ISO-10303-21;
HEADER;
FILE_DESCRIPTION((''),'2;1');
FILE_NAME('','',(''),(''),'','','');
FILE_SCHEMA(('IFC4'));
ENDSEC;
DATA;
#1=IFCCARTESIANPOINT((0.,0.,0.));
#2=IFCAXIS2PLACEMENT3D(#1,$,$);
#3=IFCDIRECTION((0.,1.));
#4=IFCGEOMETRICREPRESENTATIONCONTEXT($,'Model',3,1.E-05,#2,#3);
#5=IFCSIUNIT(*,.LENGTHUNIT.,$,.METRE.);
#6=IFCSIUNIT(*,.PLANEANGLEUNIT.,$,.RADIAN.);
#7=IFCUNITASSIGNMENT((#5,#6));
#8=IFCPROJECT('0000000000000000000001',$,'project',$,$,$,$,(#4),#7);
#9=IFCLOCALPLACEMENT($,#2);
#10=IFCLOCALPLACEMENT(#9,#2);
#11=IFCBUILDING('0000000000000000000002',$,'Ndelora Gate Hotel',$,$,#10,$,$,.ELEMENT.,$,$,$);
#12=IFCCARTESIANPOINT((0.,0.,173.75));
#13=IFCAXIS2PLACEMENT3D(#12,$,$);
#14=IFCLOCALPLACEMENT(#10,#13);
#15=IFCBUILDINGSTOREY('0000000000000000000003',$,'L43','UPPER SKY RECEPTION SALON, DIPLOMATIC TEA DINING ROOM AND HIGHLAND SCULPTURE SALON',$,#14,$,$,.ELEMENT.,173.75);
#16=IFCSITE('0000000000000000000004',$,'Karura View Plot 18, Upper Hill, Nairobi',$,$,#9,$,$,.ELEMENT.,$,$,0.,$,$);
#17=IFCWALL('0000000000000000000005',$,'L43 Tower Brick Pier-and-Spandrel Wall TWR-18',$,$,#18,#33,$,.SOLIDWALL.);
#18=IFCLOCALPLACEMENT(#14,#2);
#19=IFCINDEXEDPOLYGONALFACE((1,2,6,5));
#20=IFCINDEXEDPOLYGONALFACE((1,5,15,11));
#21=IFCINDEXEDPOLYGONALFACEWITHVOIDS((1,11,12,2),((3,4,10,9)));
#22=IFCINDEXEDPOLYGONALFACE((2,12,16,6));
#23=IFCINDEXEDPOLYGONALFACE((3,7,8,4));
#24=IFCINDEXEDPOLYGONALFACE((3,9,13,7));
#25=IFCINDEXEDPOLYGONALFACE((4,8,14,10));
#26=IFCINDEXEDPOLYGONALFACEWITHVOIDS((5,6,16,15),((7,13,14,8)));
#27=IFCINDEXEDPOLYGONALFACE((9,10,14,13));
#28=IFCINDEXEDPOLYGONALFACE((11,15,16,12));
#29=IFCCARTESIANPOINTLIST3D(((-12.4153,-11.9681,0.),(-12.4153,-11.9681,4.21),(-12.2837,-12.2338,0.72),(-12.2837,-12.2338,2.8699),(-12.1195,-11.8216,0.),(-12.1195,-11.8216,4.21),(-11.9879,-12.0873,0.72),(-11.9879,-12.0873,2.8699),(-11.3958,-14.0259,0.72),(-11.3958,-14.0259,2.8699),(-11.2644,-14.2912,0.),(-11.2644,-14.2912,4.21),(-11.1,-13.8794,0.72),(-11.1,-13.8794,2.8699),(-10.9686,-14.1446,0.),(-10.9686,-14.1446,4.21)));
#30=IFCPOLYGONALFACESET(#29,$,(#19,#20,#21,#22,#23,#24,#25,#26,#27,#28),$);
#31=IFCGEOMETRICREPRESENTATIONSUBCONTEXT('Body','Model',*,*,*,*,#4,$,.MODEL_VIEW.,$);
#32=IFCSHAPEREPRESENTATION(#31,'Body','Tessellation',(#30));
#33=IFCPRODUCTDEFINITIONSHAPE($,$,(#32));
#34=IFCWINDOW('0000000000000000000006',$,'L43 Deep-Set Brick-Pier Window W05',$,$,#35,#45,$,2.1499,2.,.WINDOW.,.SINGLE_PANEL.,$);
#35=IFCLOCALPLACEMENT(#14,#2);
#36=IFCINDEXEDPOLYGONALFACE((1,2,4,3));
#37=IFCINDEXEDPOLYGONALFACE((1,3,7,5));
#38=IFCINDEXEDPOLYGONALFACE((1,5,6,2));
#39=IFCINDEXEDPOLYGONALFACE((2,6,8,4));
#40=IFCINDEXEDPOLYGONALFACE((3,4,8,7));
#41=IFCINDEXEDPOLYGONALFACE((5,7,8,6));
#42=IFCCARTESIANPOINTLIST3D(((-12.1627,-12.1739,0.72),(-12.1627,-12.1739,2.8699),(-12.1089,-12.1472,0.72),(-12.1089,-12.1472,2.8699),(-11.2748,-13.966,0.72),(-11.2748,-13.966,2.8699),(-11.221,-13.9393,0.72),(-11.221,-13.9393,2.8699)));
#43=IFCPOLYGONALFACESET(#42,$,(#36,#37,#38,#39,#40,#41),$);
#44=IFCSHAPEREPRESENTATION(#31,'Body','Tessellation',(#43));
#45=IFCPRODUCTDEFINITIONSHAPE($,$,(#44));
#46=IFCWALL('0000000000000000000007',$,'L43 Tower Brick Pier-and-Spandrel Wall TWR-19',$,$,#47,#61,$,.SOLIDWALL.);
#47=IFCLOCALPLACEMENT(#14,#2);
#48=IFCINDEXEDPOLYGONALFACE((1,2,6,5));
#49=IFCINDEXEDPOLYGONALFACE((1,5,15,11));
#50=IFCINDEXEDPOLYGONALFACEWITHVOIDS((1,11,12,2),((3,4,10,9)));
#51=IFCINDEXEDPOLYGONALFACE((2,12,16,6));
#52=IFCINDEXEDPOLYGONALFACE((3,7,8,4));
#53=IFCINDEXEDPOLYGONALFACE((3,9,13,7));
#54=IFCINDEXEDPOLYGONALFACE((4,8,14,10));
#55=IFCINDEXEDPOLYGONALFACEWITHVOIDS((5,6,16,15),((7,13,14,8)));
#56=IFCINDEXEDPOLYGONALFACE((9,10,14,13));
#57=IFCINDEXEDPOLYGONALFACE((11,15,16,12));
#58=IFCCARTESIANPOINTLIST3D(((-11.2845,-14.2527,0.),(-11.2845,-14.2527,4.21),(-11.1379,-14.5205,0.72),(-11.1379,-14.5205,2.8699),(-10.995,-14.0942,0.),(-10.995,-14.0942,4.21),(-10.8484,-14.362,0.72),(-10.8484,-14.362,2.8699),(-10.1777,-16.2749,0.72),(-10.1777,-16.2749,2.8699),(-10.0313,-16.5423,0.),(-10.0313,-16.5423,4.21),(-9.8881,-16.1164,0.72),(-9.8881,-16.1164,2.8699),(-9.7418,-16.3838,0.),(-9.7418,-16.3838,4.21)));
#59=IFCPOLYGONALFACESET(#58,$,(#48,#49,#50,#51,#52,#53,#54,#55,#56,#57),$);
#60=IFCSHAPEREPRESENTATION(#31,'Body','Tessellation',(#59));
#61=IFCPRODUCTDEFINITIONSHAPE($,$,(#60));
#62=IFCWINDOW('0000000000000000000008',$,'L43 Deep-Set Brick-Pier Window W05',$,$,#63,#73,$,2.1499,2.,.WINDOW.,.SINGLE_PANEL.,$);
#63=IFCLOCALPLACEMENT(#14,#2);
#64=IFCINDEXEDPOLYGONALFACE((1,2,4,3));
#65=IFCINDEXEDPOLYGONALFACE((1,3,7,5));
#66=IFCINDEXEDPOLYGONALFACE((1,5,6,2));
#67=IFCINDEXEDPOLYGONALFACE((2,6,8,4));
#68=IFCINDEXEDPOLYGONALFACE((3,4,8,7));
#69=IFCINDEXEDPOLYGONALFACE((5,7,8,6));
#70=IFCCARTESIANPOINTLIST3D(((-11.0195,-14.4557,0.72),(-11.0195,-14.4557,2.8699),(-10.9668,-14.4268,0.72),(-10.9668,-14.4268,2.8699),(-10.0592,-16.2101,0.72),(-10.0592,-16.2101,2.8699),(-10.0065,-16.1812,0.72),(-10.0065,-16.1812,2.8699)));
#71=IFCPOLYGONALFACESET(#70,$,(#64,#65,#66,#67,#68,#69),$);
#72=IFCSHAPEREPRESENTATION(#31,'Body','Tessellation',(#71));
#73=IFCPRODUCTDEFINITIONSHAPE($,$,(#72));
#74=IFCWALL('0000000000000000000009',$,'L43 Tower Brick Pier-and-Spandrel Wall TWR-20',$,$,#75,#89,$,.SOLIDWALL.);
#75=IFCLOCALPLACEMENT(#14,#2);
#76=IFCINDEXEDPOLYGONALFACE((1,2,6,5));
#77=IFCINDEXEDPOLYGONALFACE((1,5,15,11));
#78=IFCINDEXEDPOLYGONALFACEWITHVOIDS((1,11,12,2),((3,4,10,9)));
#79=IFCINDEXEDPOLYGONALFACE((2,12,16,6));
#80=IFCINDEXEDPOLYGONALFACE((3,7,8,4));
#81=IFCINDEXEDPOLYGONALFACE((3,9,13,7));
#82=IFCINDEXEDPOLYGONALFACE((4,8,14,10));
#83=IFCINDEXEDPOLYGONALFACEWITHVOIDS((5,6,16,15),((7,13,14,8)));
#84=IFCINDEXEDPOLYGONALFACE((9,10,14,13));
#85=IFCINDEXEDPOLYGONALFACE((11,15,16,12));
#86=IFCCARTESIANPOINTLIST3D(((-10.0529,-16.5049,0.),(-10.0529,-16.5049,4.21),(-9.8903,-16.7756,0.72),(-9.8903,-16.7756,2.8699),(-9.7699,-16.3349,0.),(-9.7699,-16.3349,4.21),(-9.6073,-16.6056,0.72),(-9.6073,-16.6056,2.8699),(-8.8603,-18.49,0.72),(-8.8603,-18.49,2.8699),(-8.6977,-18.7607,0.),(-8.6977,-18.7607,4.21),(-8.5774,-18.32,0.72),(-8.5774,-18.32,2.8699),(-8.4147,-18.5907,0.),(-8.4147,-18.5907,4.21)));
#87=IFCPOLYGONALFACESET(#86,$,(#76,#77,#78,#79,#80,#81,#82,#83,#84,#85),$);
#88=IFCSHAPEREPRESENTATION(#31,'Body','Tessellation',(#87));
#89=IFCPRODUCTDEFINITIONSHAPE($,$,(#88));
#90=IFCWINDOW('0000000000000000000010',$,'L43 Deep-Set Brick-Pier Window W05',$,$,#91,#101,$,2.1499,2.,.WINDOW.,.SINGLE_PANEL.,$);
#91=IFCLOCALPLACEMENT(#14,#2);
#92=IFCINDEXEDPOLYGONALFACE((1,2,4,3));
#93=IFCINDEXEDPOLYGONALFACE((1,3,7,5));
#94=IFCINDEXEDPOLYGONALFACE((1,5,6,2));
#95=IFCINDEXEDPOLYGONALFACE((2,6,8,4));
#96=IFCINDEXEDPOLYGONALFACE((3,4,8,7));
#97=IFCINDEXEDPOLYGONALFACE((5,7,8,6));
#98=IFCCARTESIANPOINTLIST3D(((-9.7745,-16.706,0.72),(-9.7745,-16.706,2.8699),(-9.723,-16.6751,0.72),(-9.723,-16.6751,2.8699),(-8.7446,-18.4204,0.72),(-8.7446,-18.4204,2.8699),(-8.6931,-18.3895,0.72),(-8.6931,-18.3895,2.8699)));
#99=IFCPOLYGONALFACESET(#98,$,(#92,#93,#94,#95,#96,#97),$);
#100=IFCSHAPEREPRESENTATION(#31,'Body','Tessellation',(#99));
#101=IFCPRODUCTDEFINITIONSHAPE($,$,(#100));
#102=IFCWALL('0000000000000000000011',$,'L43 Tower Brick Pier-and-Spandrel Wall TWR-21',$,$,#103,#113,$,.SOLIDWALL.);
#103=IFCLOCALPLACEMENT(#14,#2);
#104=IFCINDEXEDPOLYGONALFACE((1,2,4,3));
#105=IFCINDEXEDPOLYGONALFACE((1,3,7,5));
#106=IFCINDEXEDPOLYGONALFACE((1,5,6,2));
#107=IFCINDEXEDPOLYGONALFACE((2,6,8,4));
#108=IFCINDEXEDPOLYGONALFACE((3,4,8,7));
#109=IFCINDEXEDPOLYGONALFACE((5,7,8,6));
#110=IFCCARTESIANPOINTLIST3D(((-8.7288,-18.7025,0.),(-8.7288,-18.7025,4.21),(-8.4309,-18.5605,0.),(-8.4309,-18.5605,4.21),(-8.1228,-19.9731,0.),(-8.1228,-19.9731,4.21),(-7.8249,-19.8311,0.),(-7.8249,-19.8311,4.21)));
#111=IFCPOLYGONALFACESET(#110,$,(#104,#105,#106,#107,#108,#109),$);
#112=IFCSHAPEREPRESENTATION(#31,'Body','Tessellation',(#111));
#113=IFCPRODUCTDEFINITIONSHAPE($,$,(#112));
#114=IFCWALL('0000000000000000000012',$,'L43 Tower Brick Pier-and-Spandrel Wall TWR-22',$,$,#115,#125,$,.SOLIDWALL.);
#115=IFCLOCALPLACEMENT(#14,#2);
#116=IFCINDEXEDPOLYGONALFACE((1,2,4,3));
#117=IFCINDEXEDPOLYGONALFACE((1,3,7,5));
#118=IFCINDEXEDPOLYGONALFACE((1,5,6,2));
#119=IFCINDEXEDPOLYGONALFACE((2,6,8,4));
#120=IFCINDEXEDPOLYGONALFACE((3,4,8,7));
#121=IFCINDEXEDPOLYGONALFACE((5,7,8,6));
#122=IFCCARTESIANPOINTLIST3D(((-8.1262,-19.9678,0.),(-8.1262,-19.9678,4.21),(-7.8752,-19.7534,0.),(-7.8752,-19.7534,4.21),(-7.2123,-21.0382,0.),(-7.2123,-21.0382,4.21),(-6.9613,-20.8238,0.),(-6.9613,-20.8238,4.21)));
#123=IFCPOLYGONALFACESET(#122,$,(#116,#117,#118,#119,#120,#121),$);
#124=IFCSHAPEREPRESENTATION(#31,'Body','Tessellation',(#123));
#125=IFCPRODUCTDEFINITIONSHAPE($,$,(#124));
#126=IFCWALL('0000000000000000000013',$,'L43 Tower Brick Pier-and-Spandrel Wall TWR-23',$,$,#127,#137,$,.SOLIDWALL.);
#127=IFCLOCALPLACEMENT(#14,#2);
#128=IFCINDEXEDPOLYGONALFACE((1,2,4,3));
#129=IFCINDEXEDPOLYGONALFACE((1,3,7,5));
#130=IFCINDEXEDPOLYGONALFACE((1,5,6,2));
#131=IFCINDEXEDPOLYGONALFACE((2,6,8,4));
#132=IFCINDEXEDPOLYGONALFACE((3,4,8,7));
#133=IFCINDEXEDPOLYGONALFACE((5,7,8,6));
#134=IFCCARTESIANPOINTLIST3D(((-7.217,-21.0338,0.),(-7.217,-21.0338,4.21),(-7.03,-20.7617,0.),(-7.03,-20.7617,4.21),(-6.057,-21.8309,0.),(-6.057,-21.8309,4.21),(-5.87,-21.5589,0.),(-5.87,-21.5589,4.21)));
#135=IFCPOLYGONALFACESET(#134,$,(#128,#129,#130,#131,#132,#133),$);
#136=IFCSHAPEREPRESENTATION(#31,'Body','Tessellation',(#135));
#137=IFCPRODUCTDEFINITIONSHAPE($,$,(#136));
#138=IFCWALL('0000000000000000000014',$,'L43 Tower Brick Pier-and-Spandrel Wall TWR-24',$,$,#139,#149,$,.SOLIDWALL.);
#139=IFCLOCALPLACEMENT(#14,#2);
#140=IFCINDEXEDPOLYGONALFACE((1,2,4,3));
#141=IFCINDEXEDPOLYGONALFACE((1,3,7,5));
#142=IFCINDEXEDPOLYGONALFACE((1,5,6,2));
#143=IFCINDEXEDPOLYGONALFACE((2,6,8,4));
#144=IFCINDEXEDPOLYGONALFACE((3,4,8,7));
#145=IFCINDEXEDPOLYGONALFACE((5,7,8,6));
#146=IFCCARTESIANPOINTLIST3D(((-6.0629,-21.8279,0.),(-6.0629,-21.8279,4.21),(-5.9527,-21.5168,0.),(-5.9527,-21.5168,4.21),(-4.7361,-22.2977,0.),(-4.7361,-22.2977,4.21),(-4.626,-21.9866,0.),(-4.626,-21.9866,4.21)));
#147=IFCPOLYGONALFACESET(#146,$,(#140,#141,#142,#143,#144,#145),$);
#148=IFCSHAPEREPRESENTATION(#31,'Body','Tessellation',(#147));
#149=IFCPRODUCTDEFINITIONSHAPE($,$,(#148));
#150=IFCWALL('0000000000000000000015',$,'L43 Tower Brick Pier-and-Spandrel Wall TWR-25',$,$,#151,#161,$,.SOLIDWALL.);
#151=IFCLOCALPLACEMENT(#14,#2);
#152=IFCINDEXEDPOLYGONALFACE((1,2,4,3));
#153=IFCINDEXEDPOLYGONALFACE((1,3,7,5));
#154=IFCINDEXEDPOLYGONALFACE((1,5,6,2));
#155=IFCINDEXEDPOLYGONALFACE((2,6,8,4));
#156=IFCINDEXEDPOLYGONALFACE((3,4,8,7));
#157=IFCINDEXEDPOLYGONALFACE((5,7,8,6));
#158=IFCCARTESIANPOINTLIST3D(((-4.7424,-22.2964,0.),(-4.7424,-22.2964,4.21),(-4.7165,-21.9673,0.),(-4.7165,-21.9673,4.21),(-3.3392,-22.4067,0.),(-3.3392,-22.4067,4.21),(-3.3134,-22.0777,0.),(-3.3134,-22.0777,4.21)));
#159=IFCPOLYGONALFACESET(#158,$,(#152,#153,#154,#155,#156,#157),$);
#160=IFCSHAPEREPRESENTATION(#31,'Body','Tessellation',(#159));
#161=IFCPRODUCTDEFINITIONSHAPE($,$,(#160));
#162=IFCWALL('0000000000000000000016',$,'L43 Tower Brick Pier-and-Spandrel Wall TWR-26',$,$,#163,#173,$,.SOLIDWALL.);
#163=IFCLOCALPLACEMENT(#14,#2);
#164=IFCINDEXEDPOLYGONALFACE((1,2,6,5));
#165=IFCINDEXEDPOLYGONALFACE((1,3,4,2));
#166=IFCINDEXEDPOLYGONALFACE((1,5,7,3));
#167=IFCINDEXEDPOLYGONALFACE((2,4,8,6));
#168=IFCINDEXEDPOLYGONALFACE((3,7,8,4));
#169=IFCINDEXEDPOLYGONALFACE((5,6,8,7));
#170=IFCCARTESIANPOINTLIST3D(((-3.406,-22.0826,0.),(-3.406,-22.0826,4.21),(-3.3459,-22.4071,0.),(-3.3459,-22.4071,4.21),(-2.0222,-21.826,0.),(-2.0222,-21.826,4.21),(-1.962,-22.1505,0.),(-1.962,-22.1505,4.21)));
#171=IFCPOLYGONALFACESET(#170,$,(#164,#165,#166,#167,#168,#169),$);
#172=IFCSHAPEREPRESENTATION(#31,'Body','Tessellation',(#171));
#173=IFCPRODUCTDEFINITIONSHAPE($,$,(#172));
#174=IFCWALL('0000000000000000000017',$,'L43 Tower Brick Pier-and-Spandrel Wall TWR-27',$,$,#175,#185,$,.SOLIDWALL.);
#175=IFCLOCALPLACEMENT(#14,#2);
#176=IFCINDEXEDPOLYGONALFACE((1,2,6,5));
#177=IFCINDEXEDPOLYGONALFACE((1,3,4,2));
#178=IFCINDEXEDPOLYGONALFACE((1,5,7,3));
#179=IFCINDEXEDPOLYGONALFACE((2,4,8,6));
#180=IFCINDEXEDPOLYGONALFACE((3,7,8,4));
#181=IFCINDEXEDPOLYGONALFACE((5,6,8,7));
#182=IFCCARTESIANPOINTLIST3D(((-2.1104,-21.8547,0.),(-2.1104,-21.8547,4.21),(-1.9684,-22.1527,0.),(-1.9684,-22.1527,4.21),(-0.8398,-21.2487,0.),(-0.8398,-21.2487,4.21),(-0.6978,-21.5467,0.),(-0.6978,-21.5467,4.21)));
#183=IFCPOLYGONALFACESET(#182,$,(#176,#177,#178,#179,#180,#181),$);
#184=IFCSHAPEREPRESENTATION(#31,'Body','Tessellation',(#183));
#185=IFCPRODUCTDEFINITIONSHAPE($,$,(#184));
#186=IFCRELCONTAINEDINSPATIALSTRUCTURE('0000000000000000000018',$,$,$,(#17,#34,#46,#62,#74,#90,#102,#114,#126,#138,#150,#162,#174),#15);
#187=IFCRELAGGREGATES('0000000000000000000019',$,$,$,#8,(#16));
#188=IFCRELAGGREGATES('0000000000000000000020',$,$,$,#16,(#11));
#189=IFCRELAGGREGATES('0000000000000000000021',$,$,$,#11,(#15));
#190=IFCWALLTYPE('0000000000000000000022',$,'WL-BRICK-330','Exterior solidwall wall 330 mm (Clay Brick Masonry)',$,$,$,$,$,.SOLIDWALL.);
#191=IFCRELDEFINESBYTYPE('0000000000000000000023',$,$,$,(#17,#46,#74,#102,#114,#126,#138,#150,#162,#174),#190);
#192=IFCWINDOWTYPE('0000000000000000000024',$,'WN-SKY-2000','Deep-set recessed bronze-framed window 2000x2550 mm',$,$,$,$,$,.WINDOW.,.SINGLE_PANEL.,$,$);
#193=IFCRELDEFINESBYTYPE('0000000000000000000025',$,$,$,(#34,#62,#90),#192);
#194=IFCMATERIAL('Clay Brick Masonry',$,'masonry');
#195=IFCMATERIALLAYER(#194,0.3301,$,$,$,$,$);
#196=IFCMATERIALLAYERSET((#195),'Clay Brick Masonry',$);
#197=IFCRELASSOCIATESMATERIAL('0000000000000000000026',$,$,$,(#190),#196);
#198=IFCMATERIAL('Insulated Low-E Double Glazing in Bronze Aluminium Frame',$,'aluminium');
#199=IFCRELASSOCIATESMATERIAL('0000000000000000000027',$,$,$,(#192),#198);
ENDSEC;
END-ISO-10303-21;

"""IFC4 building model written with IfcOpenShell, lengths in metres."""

from ifc_helpers import new_model, si_unit, direction, frame, frame_2d, origin, place, context, subcontext, project, spatial, rectangle, extrude, material, layer, layer_set, type_object, element, fill, save


model = new_model("IFC4")

# Units and contexts
model_context = context("Model", 3, precision=1e-05, world=origin(), true_north=direction((0.0, 1.0)))
body_context = subcontext(model_context, "Body", "Model", "MODEL_VIEW")
ifc_project = project(units=[si_unit("LENGTHUNIT", "METRE"), si_unit("PLANEANGLEUNIT", "RADIAN")], contexts=[model_context])

# Site, building, storey
site_placement = place(None, origin())
site = spatial("IfcSite", under=ifc_project, at=site_placement, Name="Karura View Plot 18, Upper Hill, Nairobi", CompositionType="ELEMENT", RefElevation=0.0)
building_placement = place(site_placement, origin())
building = spatial("IfcBuilding", under=site, at=building_placement, Name="Ndelora Gate Hotel", CompositionType="ELEMENT")
storey_placement = place(building_placement, frame((0.0, 0.0, 173.75)))
storey = spatial("IfcBuildingStorey", under=building, at=storey_placement, Name="L43", Description="UPPER SKY RECEPTION SALON, DIPLOMATIC TEA DINING ROOM AND HIGHLAND SCULPTURE SALON", CompositionType="ELEMENT", Elevation=173.75)

# Shared definitions
ifc_material_1 = material(Name="Clay Brick Masonry", Category="masonry")
ifc_layer_1 = layer(ifc_material_1, 0.3301)
ifc_layer_set_1 = layer_set([ifc_layer_1], Name="Clay Brick Masonry")
wall_type = type_object("IfcWallType", Name="WL-BRICK-330", Description="Exterior solidwall wall 330 mm (Clay Brick Masonry)", PredefinedType="SOLIDWALL", material=ifc_layer_set_1)

# Walls, openings, windows
wall_1_placement = place(storey_placement, frame((-11.1165, -14.218, 0.0), z_axis=(0.0, 0.0, 1.0), x_axis=(-0.443933, 0.89606, 0.0)))
wall_1 = element("IfcWall", 1, at=wall_1_placement, inside=storey, type_object=wall_type, Name="L43 Tower Brick Pier-and-Spandrel Wall TWR-18", PredefinedType="SOLIDWALL", context=body_context, shape_type="SweptSolid", body=[
    extrude(rectangle(XDim=2.5925, YDim=0.3301, at=frame_2d((1.2964, 0.0))), origin(), (0.0, 0.0, 1.0), 4.21),
])
opening_1_placement = place(wall_1_placement, frame((0.2961, 0.0, 0.72)))
opening_1 = element("IfcOpeningElement", 2, at=opening_1_placement, cuts=wall_1, PredefinedType="OPENING", context=body_context, shape_type="SweptSolid", body=[
    extrude(rectangle(XDim=2.0, YDim=2.1499, at=frame_2d((1.0, 1.075))), frame((0.0, 0.175, 0.0), z_axis=(0.0, -1.0, 0.0), x_axis=(1.0, 0.0, 0.0)), (0.0, 0.0, 1.0), 0.3501),
])
ifc_material_2 = material(Name="Insulated Low-E Double Glazing in Bronze Aluminium Frame", Category="aluminium")
window_type = type_object("IfcWindowType", Name="WN-SKY-2000", Description="Deep-set recessed bronze-framed window 2000x2550 mm", PartitioningType="SINGLE_PANEL", PredefinedType="WINDOW", material=ifc_material_2)
window_1_placement = place(opening_1_placement, origin())
window_1 = element("IfcWindow", 3, at=window_1_placement, inside=storey, type_object=window_type, Name="L43 Deep-Set Brick-Pier Window W05", OverallHeight=2.1499, OverallWidth=2.0, PartitioningType="SINGLE_PANEL", PredefinedType="WINDOW", context=body_context, shape_type="SweptSolid", body=[
    extrude(rectangle(XDim=2.0, YDim=2.1499, at=frame_2d((1.0, 1.075))), frame((0.0, 0.03, 0.0), z_axis=(0.0, -1.0, 0.0), x_axis=(1.0, 0.0, 0.0)), (0.0, 0.0, 1.0), 0.0601),
])
fill(opening_1, window_1)
wall_2_placement = place(storey_placement, frame((-9.8865, -16.4631, 0.0), z_axis=(0.0, 0.0, 1.0), x_axis=(-0.48013, 0.877198, 0.0)))
wall_2 = element("IfcWall", 4, at=wall_2_placement, inside=storey, type_object=wall_type, Name="L43 Tower Brick Pier-and-Spandrel Wall TWR-19", PredefinedType="SOLIDWALL", context=body_context, shape_type="SweptSolid", body=[
    extrude(rectangle(XDim=2.6101, YDim=0.3301, at=frame_2d((1.3052, 0.0))), origin(), (0.0, 0.0, 1.0), 4.21),
])
opening_2_placement = place(wall_2_placement, frame((0.3049, 0.0, 0.72)))
opening_2 = element("IfcOpeningElement", 5, at=opening_2_placement, cuts=wall_2, PredefinedType="OPENING", context=body_context, shape_type="SweptSolid", body=[
    extrude(rectangle(XDim=2.0, YDim=2.1499, at=frame_2d((1.0, 1.075))), frame((0.0, 0.175, 0.0), z_axis=(0.0, -1.0, 0.0), x_axis=(1.0, 0.0, 0.0)), (0.0, 0.0, 1.0), 0.3501),
])
window_2_placement = place(opening_2_placement, origin())
window_2 = element("IfcWindow", 6, at=window_2_placement, inside=storey, type_object=window_type, Name="L43 Deep-Set Brick-Pier Window W05", OverallHeight=2.1499, OverallWidth=2.0, PartitioningType="SINGLE_PANEL", PredefinedType="WINDOW", context=body_context, shape_type="SweptSolid", body=[
    extrude(rectangle(XDim=2.0, YDim=2.1499, at=frame_2d((1.0, 1.075))), frame((0.0, 0.03, 0.0), z_axis=(0.0, -1.0, 0.0), x_axis=(1.0, 0.0, 0.0)), (0.0, 0.0, 1.0), 0.0601),
])
fill(opening_2, window_2)
wall_3_placement = place(storey_placement, frame((-8.5562, -18.6758, 0.0), z_axis=(0.0, 0.0, 1.0), x_axis=(-0.514973, 0.857206, 0.0)))
wall_3 = element("IfcWall", 7, at=wall_3_placement, inside=storey, type_object=wall_type, Name="L43 Tower Brick Pier-and-Spandrel Wall TWR-20", PredefinedType="SOLIDWALL", context=body_context, shape_type="SweptSolid", body=[
    extrude(rectangle(XDim=2.6316, YDim=0.3301, at=frame_2d((1.3159, 0.0))), origin(), (0.0, 0.0, 1.0), 4.21),
])
opening_3_placement = place(wall_3_placement, frame((0.3159, 0.0, 0.72)))
opening_3 = element("IfcOpeningElement", 8, at=opening_3_placement, cuts=wall_3, PredefinedType="OPENING", context=body_context, shape_type="SweptSolid", body=[
    extrude(rectangle(XDim=2.0, YDim=2.1499, at=frame_2d((1.0, 1.075))), frame((0.0, 0.175, 0.0), z_axis=(0.0, -1.0, 0.0), x_axis=(1.0, 0.0, 0.0)), (0.0, 0.0, 1.0), 0.3501),
])
window_3_placement = place(opening_3_placement, origin())
window_3 = element("IfcWindow", 9, at=window_3_placement, inside=storey, type_object=window_type, Name="L43 Deep-Set Brick-Pier Window W05", OverallHeight=2.1499, OverallWidth=2.0, PartitioningType="SINGLE_PANEL", PredefinedType="WINDOW", context=body_context, shape_type="SweptSolid", body=[
    extrude(rectangle(XDim=2.0, YDim=2.1499, at=frame_2d((1.0, 1.075))), frame((0.0, 0.03, 0.0), z_axis=(0.0, -1.0, 0.0), x_axis=(1.0, 0.0, 0.0)), (0.0, 0.0, 1.0), 0.0601),
])
fill(opening_3, window_3)

# Walls
wall_4_placement = place(storey_placement, frame((-7.9739, -19.9021, 0.0), z_axis=(0.0, 0.0, 1.0), x_axis=(-0.430486, 0.902597, 0.0)))
element("IfcWall", 10, at=wall_4_placement, inside=storey, type_object=wall_type, Name="L43 Tower Brick Pier-and-Spandrel Wall TWR-21", PredefinedType="SOLIDWALL", context=body_context, shape_type="SweptSolid", body=[
    extrude(rectangle(XDim=1.4077, YDim=0.3301, at=frame_2d((0.7039, 0.0))), origin(), (0.0, 0.0, 1.0), 4.21),
])
for number, where, z_axis, x_axis, name in (
    (11, (-7.0869, -20.9309, 0.0), (0.0, 0.0, 1.0), (-0.649319, 0.760516, 0.0), "L43 Tower Brick Pier-and-Spandrel Wall TWR-22"),
    (12, (-5.9636, -21.6948, 0.0), (0.0, 0.0, 1.0), (-0.824148, 0.566374, 0.0), "L43 Tower Brick Pier-and-Spandrel Wall TWR-23"),
    (13, (-4.6812, -22.1421, 0.0), (0.0, 0.0, 1.0), (-0.942657, 0.333764, 0.0), "L43 Tower Brick Pier-and-Spandrel Wall TWR-24"),
    (14, (-3.3264, -22.2422, 0.0), (0.0, 0.0, 1.0), (-0.996921, 0.078408, 0.0), "L43 Tower Brick Pier-and-Spandrel Wall TWR-25"),
    (15, (-1.9922, -21.9883, 0.0), (0.0, 0.0, 1.0), (-0.983239, -0.182319, 0.0), "L43 Tower Brick Pier-and-Spandrel Wall TWR-26"),
):
    element("IfcWall", number, at=place(storey_placement, frame(where, z_axis=z_axis, x_axis=x_axis)), inside=storey, type_object=wall_type, Name=name, PredefinedType="SOLIDWALL", context=body_context, shape_type="SweptSolid", body=[
        extrude(rectangle(XDim=1.4075, YDim=0.3301, at=frame_2d((0.7036, 0.0))), origin(), (0.0, 0.0, 1.0), 4.21),
    ])
wall_5_placement = place(storey_placement, frame((-0.7688, -21.3977, 0.0), z_axis=(0.0, 0.0, 1.0), x_axis=(-0.902597, -0.430486, 0.0)))
element("IfcWall", 16, at=wall_5_placement, inside=storey, type_object=wall_type, Name="L43 Tower Brick Pier-and-Spandrel Wall TWR-27", PredefinedType="SOLIDWALL", context=body_context, shape_type="SweptSolid", body=[
    extrude(rectangle(XDim=1.4077, YDim=0.3301, at=frame_2d((0.7039, 0.0))), origin(), (0.0, 0.0, 1.0), 4.21),
])

save(model, "model.ifc")
